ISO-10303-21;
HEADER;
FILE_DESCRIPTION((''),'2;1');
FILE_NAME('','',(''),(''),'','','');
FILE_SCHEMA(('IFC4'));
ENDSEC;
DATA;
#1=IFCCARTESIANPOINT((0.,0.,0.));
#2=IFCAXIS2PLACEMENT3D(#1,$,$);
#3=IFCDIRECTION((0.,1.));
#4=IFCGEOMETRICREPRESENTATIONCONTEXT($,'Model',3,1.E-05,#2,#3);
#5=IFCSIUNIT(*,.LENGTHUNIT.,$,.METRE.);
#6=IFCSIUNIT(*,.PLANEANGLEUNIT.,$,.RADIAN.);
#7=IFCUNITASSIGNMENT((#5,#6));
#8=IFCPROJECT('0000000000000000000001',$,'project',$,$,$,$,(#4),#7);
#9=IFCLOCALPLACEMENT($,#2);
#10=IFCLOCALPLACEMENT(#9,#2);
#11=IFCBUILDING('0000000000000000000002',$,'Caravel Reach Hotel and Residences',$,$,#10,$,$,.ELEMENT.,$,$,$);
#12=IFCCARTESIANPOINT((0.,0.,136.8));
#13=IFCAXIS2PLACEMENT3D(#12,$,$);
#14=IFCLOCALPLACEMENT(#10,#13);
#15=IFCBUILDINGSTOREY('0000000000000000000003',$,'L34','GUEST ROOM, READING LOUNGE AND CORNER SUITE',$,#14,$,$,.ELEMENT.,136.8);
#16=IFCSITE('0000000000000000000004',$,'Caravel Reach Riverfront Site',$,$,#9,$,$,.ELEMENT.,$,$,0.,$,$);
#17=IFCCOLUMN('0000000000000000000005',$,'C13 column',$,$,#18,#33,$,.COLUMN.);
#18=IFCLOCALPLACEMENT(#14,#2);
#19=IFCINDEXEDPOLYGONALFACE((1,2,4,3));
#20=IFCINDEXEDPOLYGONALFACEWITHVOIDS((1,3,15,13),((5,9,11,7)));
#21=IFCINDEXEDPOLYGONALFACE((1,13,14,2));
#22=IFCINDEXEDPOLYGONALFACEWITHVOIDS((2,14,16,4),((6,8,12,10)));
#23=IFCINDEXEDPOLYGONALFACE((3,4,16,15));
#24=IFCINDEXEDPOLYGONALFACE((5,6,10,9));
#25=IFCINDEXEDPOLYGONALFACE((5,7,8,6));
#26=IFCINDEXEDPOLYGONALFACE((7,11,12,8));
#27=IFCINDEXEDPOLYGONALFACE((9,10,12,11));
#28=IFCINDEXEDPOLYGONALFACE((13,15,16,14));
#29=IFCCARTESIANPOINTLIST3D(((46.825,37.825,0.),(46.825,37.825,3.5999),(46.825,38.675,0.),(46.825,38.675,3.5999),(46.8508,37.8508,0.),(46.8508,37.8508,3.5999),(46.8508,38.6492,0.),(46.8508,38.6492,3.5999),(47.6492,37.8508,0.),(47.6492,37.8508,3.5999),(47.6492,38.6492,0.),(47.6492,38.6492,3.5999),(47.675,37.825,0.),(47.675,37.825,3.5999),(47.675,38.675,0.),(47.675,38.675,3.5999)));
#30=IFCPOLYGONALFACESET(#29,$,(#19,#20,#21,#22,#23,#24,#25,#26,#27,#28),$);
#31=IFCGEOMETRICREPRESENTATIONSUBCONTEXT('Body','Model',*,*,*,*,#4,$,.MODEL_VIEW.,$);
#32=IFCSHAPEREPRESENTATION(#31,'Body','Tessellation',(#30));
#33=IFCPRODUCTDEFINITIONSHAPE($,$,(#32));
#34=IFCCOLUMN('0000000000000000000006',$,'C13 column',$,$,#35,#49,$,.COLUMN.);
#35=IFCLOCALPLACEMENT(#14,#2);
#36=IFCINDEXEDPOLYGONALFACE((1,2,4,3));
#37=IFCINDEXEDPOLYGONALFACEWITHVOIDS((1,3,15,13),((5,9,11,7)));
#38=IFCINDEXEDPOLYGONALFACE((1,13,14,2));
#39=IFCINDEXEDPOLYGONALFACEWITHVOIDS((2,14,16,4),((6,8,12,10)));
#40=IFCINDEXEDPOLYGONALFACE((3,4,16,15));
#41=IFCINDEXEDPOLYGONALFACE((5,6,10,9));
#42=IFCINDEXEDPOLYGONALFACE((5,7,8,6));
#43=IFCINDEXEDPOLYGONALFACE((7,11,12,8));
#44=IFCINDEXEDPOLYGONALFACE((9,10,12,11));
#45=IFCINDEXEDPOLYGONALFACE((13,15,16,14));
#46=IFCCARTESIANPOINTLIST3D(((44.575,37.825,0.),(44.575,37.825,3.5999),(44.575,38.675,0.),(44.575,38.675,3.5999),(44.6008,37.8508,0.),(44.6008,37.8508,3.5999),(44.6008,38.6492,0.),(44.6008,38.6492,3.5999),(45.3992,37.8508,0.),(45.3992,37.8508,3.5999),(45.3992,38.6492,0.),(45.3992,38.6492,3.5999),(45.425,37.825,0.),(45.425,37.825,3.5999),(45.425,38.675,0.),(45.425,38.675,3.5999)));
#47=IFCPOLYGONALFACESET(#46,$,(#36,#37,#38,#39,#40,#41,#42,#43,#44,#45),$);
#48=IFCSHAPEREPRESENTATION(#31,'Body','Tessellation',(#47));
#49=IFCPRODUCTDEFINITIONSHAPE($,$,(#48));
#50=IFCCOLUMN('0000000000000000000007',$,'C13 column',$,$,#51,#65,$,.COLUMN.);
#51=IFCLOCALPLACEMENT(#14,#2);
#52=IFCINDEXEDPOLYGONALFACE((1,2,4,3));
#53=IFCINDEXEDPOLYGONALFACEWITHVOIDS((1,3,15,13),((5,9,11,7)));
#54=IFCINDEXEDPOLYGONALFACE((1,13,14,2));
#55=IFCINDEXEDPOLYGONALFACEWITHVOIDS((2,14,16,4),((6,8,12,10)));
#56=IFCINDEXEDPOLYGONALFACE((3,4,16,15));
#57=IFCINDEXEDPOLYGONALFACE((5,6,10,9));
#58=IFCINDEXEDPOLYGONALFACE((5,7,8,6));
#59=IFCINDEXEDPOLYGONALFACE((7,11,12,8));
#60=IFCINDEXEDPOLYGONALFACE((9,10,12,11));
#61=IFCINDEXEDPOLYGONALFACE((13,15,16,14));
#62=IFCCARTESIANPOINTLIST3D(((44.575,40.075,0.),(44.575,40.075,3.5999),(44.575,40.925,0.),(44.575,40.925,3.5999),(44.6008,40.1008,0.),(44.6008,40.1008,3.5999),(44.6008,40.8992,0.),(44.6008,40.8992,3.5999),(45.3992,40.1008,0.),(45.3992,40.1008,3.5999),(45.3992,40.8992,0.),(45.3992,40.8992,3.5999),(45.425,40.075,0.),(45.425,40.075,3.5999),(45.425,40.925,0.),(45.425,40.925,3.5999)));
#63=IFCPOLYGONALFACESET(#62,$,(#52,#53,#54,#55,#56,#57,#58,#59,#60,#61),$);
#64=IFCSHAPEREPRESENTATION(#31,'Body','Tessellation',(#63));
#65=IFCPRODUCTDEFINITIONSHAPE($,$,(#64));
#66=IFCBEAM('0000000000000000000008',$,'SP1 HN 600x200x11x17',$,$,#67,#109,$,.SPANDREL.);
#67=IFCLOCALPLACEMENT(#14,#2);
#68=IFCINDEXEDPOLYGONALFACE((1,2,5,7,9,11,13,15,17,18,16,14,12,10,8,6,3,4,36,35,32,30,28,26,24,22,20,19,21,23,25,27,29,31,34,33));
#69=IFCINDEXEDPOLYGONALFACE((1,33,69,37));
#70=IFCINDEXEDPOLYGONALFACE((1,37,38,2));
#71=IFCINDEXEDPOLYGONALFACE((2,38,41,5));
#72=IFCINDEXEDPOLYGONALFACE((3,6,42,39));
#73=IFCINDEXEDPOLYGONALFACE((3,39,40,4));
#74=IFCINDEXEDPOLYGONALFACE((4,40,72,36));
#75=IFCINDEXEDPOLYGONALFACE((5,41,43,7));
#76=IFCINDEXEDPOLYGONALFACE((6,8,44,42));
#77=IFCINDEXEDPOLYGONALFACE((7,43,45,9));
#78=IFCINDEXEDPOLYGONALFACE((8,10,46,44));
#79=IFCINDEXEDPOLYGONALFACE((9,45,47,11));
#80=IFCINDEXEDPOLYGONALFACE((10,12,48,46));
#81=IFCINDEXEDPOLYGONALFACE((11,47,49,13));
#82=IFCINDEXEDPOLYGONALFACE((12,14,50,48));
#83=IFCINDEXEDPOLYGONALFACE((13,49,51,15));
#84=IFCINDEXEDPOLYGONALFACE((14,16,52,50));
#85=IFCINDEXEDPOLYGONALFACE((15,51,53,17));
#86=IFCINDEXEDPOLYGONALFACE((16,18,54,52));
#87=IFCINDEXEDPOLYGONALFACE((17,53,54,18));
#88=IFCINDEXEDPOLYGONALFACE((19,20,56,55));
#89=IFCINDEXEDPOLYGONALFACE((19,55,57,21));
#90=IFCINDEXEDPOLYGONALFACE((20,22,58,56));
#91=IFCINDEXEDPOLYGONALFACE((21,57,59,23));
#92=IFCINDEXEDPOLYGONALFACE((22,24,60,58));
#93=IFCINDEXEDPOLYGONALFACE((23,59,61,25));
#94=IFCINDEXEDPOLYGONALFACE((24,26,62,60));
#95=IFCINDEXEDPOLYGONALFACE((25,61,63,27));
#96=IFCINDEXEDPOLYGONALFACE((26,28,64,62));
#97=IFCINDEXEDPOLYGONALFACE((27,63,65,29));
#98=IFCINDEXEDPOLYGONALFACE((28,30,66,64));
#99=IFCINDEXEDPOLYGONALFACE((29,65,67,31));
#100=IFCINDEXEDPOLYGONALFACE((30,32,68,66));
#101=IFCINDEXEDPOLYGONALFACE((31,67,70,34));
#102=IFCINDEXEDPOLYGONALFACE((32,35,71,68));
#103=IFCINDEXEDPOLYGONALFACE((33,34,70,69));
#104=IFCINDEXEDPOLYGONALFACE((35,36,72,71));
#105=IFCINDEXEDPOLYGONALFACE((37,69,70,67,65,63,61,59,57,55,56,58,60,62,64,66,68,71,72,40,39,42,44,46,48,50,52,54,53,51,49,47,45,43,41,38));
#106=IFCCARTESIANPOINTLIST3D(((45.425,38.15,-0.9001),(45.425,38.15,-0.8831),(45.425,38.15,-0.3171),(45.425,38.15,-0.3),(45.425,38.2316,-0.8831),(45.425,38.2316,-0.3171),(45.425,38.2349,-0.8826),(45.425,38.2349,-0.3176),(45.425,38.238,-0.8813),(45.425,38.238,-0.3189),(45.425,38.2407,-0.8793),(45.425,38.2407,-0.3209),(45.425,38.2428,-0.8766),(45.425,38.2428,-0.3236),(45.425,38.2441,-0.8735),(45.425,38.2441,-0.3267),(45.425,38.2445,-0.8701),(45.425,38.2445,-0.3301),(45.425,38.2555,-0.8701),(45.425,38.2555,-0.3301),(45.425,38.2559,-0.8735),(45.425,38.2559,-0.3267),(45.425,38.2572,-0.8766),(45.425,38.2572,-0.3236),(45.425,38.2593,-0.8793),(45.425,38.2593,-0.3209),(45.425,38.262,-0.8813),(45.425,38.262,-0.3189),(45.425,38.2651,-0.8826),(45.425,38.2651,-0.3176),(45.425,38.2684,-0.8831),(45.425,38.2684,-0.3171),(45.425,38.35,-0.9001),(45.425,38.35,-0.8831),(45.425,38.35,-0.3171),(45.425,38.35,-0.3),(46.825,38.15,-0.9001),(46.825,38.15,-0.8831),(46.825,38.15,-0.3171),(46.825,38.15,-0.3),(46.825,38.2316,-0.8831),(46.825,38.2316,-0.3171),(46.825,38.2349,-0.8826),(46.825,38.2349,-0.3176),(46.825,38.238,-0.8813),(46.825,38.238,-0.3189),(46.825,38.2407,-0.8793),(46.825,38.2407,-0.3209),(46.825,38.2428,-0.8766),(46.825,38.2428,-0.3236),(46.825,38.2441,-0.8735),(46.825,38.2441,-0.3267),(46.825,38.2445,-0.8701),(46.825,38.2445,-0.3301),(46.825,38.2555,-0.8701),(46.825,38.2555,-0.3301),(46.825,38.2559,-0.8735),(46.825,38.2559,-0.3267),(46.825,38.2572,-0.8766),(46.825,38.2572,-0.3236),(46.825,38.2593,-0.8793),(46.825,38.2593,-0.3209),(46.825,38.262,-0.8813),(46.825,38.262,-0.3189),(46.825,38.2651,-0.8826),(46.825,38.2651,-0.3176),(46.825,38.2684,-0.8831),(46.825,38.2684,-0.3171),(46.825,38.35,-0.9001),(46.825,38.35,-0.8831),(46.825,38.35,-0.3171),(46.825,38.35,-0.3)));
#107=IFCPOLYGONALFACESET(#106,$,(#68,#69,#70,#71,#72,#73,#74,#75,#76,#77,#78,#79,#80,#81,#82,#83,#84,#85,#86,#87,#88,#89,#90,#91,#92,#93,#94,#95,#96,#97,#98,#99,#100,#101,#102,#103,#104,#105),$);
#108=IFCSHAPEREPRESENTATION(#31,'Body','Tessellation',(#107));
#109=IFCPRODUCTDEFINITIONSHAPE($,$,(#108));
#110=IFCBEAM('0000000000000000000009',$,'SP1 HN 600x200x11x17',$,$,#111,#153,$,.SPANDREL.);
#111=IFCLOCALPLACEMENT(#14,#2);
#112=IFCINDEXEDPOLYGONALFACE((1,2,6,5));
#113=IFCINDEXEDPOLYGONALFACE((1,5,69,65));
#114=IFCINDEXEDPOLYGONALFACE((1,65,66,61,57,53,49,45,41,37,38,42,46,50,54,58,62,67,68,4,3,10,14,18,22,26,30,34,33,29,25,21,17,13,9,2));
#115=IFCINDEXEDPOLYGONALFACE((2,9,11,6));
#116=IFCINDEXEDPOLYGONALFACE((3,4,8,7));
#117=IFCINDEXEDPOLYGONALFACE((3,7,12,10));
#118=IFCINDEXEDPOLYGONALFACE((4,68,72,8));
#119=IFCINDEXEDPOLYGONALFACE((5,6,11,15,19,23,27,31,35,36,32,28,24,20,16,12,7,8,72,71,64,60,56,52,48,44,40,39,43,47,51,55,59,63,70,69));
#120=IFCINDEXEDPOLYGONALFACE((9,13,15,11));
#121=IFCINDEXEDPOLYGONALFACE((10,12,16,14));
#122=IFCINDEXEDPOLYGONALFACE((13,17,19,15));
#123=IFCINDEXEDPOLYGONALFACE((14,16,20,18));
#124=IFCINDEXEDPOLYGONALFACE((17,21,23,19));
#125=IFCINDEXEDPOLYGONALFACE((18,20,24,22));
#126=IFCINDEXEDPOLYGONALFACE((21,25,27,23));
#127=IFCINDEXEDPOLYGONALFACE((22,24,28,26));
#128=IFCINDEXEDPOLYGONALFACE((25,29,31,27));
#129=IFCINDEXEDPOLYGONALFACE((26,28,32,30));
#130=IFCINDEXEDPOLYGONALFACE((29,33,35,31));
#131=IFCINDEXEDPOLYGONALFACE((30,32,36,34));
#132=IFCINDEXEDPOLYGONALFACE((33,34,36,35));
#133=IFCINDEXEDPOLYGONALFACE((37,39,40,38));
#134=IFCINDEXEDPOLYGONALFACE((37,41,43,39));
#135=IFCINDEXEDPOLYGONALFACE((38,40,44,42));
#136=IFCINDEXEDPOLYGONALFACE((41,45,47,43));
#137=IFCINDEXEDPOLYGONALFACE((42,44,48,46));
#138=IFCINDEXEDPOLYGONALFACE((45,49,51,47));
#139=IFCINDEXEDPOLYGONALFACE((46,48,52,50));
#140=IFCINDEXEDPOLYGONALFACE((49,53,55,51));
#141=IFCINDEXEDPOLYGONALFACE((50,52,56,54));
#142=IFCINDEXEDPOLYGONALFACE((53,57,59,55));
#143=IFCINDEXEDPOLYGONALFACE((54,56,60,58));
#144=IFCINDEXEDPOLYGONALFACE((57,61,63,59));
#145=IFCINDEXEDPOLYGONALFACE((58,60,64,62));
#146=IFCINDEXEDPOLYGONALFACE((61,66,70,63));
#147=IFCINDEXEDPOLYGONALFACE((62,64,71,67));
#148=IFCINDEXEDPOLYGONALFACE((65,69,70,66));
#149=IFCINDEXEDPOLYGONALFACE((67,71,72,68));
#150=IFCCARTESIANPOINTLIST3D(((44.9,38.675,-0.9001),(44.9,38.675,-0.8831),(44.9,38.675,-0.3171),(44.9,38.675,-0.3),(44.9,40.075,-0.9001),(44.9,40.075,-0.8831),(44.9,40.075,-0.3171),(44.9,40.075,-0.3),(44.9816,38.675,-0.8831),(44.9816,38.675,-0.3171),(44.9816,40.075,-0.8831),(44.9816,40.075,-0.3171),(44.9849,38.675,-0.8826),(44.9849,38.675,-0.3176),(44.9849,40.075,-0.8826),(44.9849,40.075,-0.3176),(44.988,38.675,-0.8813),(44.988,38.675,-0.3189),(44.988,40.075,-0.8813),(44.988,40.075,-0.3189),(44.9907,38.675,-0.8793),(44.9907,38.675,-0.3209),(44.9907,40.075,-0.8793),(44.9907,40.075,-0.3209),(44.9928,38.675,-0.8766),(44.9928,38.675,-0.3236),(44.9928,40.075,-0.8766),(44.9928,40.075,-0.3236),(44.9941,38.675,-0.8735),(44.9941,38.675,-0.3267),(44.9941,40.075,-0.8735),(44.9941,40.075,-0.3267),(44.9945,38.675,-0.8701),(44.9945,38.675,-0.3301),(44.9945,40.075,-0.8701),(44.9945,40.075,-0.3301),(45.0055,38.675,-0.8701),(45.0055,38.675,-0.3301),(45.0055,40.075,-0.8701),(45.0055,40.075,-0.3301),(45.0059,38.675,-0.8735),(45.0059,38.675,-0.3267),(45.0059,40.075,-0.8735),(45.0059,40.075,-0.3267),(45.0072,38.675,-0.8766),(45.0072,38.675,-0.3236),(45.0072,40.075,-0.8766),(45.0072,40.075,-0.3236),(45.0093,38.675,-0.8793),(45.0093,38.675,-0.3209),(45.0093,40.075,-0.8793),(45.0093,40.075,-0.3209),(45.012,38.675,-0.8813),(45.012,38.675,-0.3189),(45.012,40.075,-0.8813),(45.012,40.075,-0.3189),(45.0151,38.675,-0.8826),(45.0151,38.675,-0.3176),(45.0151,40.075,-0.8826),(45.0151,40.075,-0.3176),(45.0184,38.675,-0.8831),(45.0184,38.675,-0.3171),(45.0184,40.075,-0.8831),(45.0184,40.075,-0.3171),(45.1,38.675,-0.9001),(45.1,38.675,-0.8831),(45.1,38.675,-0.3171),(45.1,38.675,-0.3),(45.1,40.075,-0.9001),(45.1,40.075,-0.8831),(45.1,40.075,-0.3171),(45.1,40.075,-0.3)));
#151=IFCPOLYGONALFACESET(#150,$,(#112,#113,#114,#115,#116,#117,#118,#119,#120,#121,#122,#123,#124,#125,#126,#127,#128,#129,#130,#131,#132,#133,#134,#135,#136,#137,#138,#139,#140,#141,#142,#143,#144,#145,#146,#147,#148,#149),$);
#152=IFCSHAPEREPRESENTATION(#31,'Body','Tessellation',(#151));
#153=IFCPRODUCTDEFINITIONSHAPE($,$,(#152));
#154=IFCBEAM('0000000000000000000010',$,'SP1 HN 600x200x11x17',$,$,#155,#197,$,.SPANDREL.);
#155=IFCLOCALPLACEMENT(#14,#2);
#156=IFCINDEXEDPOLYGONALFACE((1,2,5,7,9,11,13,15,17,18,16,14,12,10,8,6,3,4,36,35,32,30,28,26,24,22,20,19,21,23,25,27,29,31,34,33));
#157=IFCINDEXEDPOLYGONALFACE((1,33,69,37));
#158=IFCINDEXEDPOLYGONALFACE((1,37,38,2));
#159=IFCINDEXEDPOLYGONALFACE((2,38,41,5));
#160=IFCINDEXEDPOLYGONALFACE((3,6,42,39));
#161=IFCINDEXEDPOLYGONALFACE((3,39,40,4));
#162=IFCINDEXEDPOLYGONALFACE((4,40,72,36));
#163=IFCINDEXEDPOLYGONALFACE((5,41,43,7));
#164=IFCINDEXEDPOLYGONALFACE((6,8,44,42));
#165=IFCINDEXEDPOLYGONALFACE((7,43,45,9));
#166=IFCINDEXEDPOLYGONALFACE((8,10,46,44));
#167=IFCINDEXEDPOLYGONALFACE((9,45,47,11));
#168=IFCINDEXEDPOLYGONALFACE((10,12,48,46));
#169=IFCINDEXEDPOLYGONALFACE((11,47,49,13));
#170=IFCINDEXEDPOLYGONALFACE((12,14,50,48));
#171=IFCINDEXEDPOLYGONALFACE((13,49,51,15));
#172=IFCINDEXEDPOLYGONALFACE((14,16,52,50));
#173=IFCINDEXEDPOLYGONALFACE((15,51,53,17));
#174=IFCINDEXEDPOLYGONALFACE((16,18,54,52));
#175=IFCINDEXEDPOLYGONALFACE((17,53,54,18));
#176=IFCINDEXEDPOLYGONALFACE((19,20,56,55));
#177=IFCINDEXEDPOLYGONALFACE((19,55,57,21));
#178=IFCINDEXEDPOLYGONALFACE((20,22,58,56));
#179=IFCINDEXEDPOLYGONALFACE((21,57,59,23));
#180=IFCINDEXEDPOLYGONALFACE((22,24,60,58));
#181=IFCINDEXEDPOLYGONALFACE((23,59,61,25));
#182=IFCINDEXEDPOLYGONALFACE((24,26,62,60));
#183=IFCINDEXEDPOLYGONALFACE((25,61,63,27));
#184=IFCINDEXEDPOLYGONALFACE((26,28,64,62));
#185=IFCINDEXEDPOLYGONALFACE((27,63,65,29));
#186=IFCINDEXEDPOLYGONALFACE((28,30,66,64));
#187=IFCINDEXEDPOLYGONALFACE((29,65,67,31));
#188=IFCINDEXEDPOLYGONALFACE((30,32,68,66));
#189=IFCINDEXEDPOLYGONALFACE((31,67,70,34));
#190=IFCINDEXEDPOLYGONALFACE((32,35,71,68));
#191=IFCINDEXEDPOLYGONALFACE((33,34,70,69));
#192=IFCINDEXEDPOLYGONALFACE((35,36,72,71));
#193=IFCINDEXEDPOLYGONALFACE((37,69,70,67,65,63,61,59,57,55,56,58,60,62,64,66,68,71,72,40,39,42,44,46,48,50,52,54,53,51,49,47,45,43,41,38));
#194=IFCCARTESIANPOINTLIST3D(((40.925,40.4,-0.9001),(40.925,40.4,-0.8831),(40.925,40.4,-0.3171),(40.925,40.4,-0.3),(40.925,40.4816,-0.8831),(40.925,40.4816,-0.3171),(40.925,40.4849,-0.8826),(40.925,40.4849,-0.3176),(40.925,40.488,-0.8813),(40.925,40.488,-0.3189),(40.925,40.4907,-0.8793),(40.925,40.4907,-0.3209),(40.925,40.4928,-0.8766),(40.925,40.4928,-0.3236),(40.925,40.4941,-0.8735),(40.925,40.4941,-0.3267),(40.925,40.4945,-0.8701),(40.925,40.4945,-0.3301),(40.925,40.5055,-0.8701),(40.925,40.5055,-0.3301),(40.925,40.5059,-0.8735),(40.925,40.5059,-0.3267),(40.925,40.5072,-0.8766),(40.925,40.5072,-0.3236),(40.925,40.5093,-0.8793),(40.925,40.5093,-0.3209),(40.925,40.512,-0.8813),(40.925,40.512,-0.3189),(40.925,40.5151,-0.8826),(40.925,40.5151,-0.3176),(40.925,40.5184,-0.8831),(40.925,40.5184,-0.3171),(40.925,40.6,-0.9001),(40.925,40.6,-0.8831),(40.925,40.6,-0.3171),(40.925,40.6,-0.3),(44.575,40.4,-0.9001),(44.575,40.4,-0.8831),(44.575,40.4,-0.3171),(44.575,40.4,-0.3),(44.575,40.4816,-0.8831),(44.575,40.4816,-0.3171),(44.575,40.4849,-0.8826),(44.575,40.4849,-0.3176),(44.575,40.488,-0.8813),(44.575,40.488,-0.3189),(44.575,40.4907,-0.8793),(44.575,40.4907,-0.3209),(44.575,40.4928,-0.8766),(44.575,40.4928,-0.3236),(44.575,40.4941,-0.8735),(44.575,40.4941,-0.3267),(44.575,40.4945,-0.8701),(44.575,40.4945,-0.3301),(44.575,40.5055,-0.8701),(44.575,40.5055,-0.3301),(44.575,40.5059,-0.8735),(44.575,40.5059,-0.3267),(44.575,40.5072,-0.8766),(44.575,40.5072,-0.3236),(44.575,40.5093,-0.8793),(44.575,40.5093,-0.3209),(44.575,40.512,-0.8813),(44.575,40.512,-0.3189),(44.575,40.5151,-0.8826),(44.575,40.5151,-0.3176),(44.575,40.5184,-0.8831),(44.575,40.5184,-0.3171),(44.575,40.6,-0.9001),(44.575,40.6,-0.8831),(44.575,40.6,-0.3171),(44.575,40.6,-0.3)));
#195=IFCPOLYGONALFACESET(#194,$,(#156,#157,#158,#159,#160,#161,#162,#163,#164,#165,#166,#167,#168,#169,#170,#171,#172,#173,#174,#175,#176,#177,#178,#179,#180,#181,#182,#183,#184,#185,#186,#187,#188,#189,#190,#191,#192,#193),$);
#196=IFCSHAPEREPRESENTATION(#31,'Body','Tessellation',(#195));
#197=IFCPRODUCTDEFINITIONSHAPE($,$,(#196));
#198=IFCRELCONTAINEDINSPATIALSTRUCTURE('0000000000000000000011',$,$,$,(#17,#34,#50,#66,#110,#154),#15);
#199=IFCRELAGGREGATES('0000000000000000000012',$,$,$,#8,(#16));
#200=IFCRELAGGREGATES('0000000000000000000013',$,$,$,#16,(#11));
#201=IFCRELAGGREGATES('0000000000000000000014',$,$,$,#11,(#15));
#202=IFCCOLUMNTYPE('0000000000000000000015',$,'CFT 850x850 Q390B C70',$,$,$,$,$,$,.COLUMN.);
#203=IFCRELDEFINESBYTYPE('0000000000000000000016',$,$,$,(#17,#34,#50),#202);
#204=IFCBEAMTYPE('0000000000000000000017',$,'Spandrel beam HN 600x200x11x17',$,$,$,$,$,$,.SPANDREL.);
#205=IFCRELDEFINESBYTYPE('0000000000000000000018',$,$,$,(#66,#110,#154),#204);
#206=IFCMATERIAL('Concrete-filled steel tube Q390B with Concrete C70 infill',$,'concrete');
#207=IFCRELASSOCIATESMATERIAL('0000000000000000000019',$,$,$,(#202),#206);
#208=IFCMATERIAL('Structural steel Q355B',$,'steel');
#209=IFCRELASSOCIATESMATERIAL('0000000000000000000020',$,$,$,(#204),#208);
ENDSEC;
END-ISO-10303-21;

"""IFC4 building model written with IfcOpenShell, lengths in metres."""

from ifc_helpers import new_model, si_unit, direction, frame, origin, origin_2d, place, context, subcontext, project, spatial, hollow_rectangle, i_section, extrude, material, material_profile, profile_set, type_object, element, save


model = new_model("IFC4")

# Units and contexts
model_context = context("Model", 3, precision=1e-05, world=origin(), true_north=direction((0.0, 1.0)))
body_context = subcontext(model_context, "Body", "Model", "MODEL_VIEW")
ifc_project = project(units=[si_unit("LENGTHUNIT", "METRE"), si_unit("PLANEANGLEUNIT", "RADIAN")], contexts=[model_context])

# Site, building, storey
site_placement = place(None, origin())
site = spatial("IfcSite", under=ifc_project, at=site_placement, Name="Caravel Reach Riverfront Site", CompositionType="ELEMENT", RefElevation=0.0)
building_placement = place(site_placement, origin())
building = spatial("IfcBuilding", under=site, at=building_placement, Name="Caravel Reach Hotel and Residences", CompositionType="ELEMENT")
storey_placement = place(building_placement, frame((0.0, 0.0, 136.8)))
storey = spatial("IfcBuildingStorey", under=building, at=storey_placement, Name="L34", Description="GUEST ROOM, READING LOUNGE AND CORNER SUITE", CompositionType="ELEMENT", Elevation=136.8)

# Columns
ifc_material_1 = material(Name="Concrete-filled steel tube Q390B with Concrete C70 infill", Category="concrete")
ifc_material_profile_1 = material_profile(ifc_material_1, hollow_rectangle(XDim=0.8501, YDim=0.8501, WallThickness=0.0259, at=origin_2d()), Name="RHS 850x850x26")
ifc_profile_set_1 = profile_set([ifc_material_profile_1], Name="Concrete-filled steel tube Q390B with Concrete C70 infill")
column_type = type_object("IfcColumnType", Name="CFT 850x850 Q390B C70", PredefinedType="COLUMN", material=ifc_profile_set_1)
for number, where, z_axis, x_axis, name in (
    (1, (47.25, 38.25, 0.0), (0.0, 0.0, 1.0), (1.0, 0.0, 0.0), "C13 column"),
    (2, (45.0, 38.25, 0.0), (0.0, 0.0, 1.0), (1.0, 0.0, 0.0), "C13 column"),
    (3, (45.0, 40.5, 0.0), (0.0, 0.0, 1.0), (1.0, 0.0, 0.0), "C13 column"),
):
    element("IfcColumn", number, at=place(storey_placement, frame(where, z_axis=z_axis, x_axis=x_axis)), inside=storey, type_object=column_type, Name=name, PredefinedType="COLUMN", context=body_context, shape_type="SweptSolid", body=[
        extrude(hollow_rectangle(XDim=0.8501, YDim=0.8501, WallThickness=0.0259, at=origin_2d()), origin(), (0.0, 0.0, 1.0), 3.5999),
    ])

# Beams
ifc_material_2 = material(Name="Structural steel Q355B", Category="steel")
ifc_material_profile_2 = material_profile(ifc_material_2, i_section(OverallWidth=0.2, OverallDepth=0.6001, WebThickness=0.011, FlangeThickness=0.0171, FilletRadius=0.0129, at=origin_2d()), Name="HN 600x200x11x17")
ifc_profile_set_2 = profile_set([ifc_material_profile_2], Name="Structural steel Q355B")
beam_type = type_object("IfcBeamType", Name="Spandrel beam HN 600x200x11x17", PredefinedType="SPANDREL", material=ifc_profile_set_2)
for number, where, z_axis, x_axis, name in (
    (4, (46.825, 38.25, -0.6001), (-1.0, 0.0, 0.0), (0.0, -1.0, 0.0), "SP1 HN 600x200x11x17"),
    (5, (45.0, 38.675, -0.6001), (0.0, 1.0, 0.0), (-1.0, 0.0, 0.0), "SP1 HN 600x200x11x17"),
):
    element("IfcBeam", number, at=place(storey_placement, frame(where, z_axis=z_axis, x_axis=x_axis)), inside=storey, type_object=beam_type, Name=name, PredefinedType="SPANDREL", context=body_context, shape_type="SweptSolid", body=[
        extrude(i_section(OverallWidth=0.2, OverallDepth=0.6001, WebThickness=0.011, FlangeThickness=0.0171, FilletRadius=0.0129, at=origin_2d()), origin(), (0.0, 0.0, 1.0), 1.3999),
    ])
beam_placement = place(storey_placement, frame((44.575, 40.5, -0.6001), z_axis=(-1.0, 0.0, 0.0), x_axis=(0.0, -1.0, 0.0)))
element("IfcBeam", 6, at=beam_placement, inside=storey, type_object=beam_type, Name="SP1 HN 600x200x11x17", PredefinedType="SPANDREL", context=body_context, shape_type="SweptSolid", body=[
    extrude(i_section(OverallWidth=0.2, OverallDepth=0.6001, WebThickness=0.011, FlangeThickness=0.0171, FilletRadius=0.0129, at=origin_2d()), origin(), (0.0, 0.0, 1.0), 3.6499),
])

save(model, "model.ifc")
